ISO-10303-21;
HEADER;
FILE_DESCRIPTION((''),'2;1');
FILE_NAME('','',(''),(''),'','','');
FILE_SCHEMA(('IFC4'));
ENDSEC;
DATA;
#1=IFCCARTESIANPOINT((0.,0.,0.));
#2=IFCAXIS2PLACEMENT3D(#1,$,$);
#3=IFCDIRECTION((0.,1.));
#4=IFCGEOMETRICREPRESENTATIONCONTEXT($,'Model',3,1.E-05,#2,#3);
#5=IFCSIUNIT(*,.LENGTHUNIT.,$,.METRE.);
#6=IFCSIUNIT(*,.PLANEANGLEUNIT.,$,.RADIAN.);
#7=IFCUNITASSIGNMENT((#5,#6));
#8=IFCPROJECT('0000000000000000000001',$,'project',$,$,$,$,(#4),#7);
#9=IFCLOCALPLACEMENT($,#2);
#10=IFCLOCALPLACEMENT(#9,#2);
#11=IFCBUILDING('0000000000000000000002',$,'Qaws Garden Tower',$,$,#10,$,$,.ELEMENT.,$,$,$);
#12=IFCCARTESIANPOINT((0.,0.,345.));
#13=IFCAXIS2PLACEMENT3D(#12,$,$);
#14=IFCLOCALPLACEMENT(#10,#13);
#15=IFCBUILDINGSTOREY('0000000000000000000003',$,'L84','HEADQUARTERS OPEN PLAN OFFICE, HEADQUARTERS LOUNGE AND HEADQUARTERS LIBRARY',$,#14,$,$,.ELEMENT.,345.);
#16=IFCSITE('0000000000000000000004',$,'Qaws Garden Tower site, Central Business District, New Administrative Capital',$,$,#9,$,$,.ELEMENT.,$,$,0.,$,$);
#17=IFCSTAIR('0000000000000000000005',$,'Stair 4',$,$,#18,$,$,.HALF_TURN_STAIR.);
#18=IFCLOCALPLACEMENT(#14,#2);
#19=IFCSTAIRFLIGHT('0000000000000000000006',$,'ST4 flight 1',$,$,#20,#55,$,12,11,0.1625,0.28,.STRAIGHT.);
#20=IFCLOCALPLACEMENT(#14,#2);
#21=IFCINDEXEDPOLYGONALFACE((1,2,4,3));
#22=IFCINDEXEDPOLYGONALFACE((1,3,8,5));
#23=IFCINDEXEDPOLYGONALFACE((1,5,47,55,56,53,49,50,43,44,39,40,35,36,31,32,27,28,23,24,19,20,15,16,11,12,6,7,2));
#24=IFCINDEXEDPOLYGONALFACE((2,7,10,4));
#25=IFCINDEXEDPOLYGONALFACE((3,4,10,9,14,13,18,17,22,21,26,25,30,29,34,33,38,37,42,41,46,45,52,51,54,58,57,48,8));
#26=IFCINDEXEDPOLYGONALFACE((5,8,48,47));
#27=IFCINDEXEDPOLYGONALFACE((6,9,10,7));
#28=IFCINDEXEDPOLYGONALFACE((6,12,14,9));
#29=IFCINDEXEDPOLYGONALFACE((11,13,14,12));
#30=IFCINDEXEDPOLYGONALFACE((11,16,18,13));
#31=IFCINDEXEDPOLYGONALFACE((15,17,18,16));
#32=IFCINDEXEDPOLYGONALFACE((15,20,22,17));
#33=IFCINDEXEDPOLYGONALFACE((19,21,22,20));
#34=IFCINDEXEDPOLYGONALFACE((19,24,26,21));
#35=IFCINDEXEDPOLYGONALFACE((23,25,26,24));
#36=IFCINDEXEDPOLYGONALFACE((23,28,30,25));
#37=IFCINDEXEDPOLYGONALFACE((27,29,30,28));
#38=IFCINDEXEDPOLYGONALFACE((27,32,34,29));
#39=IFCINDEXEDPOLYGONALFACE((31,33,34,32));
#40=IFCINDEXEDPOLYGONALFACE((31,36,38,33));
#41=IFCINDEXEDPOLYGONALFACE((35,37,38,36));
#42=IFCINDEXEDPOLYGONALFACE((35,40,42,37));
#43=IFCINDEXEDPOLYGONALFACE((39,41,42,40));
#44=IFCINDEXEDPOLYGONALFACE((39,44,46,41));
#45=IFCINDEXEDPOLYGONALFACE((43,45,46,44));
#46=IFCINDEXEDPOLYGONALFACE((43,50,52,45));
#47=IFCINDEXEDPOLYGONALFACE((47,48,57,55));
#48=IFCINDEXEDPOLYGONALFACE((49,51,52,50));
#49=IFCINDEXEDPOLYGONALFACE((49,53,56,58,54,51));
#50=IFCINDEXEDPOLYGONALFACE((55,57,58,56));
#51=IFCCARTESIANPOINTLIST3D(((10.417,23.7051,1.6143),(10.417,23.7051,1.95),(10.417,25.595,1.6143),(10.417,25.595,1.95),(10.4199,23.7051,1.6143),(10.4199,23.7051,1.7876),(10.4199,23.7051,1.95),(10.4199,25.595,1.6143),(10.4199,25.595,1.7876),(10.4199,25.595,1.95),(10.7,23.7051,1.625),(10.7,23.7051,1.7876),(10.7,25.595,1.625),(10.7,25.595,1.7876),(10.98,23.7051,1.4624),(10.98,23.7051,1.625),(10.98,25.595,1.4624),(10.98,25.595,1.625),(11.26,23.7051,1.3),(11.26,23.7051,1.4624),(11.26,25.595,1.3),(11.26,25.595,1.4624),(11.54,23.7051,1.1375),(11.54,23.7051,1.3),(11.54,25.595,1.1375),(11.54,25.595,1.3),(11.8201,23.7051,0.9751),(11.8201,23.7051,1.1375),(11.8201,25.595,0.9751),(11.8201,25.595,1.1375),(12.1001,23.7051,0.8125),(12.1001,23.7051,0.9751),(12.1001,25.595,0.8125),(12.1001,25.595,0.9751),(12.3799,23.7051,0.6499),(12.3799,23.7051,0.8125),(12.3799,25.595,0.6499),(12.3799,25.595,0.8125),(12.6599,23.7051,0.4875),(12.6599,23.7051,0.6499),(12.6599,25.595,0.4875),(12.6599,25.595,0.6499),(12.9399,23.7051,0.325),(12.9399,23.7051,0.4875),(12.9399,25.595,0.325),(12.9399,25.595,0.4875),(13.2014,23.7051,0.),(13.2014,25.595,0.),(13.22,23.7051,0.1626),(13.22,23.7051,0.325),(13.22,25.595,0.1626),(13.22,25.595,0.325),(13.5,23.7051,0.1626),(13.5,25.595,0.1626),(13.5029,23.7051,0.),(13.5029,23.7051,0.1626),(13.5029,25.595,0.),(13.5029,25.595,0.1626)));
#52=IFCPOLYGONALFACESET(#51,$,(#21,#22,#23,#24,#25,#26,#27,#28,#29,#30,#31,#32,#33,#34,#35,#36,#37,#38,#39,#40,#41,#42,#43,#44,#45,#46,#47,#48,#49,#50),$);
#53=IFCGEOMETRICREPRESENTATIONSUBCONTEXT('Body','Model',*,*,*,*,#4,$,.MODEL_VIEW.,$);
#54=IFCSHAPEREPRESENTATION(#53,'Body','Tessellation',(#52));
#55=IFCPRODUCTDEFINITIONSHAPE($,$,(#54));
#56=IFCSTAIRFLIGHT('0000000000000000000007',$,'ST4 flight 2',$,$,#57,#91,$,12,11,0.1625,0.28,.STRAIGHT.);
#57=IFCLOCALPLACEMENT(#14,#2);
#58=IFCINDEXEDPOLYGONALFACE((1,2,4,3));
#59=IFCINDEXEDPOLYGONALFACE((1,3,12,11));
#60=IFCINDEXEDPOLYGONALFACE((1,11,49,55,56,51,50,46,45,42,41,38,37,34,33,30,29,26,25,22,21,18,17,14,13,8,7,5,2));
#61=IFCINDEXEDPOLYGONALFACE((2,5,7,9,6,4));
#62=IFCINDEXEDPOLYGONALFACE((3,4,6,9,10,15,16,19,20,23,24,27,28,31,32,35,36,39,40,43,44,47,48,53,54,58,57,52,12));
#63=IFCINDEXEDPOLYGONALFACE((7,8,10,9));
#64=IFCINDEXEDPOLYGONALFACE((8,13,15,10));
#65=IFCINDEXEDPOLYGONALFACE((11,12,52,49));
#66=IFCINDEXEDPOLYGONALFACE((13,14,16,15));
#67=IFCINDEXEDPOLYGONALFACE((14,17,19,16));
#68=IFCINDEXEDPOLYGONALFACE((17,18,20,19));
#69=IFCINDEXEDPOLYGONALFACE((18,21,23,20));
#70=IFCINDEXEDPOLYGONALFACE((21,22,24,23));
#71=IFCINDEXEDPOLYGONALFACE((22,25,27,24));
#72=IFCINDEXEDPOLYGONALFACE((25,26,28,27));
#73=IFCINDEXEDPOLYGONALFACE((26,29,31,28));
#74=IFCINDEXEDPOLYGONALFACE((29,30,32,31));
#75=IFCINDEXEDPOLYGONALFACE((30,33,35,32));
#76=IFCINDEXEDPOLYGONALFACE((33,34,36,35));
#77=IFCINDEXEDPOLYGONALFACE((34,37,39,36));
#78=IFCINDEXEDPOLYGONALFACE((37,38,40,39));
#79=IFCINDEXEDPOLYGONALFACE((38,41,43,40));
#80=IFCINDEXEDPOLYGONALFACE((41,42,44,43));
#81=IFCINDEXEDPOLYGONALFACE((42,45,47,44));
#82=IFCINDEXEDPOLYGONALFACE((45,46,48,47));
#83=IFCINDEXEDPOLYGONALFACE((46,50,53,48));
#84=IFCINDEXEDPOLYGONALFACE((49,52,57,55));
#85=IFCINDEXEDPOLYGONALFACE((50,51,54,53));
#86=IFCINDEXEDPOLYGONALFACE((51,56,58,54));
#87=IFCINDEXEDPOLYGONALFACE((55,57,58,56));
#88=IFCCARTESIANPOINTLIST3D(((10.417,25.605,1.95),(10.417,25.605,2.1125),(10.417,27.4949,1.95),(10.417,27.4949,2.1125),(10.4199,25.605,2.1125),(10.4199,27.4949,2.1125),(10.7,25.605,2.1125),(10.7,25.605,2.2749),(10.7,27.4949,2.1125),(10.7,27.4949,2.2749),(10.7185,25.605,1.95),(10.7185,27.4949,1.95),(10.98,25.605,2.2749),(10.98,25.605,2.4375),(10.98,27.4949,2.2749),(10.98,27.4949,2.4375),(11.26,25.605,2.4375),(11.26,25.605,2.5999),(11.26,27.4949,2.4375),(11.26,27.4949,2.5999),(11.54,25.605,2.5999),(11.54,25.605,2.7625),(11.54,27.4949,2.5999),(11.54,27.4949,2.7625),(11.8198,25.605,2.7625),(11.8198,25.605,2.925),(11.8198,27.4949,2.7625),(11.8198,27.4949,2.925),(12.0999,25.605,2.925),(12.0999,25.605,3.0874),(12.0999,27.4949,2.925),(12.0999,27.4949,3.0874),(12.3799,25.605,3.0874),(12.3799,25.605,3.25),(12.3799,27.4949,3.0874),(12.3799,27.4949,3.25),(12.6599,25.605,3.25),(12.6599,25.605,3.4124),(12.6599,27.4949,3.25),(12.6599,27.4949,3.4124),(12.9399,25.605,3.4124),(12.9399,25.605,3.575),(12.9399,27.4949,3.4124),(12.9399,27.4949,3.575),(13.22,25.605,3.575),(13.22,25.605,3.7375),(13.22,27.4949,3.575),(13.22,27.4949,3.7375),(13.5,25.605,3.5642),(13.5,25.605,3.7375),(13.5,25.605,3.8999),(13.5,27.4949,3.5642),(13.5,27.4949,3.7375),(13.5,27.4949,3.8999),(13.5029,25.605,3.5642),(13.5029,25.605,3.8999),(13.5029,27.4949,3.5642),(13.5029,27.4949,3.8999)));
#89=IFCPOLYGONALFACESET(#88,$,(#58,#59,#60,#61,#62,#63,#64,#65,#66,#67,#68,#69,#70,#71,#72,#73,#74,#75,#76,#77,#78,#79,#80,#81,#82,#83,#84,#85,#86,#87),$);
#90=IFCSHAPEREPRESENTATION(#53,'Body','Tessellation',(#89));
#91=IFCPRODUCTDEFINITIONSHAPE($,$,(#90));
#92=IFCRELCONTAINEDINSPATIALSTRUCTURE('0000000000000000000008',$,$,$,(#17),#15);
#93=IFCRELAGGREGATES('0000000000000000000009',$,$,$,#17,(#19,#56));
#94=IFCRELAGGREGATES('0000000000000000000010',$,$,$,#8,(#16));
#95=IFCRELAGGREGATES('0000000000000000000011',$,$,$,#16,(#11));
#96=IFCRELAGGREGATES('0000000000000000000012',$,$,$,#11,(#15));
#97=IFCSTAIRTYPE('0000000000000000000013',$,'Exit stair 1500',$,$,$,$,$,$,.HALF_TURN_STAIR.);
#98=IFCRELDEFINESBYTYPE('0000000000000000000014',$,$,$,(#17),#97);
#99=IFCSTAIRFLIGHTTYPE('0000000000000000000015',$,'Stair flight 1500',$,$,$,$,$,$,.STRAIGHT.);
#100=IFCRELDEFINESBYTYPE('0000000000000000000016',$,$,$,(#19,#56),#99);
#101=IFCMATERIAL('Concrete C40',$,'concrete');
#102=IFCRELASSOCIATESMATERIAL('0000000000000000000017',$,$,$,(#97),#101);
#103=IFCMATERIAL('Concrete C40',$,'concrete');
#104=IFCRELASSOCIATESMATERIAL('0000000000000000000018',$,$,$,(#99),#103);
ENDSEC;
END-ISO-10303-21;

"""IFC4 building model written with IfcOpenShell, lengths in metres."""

from ifc_helpers import new_model, si_unit, direction, frame, origin, place, context, subcontext, project, spatial, polyline, outline, extrude, material, type_object, element, aggregate, save


model = new_model("IFC4")

# Units and contexts
model_context = context("Model", 3, precision=1e-05, world=origin(), true_north=direction((0.0, 1.0)))
body_context = subcontext(model_context, "Body", "Model", "MODEL_VIEW")
ifc_project = project(units=[si_unit("LENGTHUNIT", "METRE"), si_unit("PLANEANGLEUNIT", "RADIAN")], contexts=[model_context])

# Site, building, storey
site_placement = place(None, origin())
site = spatial("IfcSite", under=ifc_project, at=site_placement, Name="Qaws Garden Tower site, Central Business District, New Administrative Capital", CompositionType="ELEMENT", RefElevation=0.0)
building_placement = place(site_placement, origin())
building = spatial("IfcBuilding", under=site, at=building_placement, Name="Qaws Garden Tower", CompositionType="ELEMENT")
storey_placement = place(building_placement, frame((0.0, 0.0, 345.0)))
storey = spatial("IfcBuildingStorey", under=building, at=storey_placement, Name="L84", Description="HEADQUARTERS OPEN PLAN OFFICE, HEADQUARTERS LOUNGE AND HEADQUARTERS LIBRARY", CompositionType="ELEMENT", Elevation=345.0)

# Stair, stair flights
ifc_material_1 = material(Name="Concrete C40", Category="concrete")
stair_type = type_object("IfcStairType", Name="Exit stair 1500", PredefinedType="HALF_TURN_STAIR", material=ifc_material_1)
stair_placement = place(storey_placement, origin())
stair = element("IfcStair", 1, at=stair_placement, inside=storey, type_object=stair_type, Name="Stair 4", PredefinedType="HALF_TURN_STAIR")
ifc_material_2 = material(Name="Concrete C40", Category="concrete")
stair_flight_type = type_object("IfcStairFlightType", Name="Stair flight 1500", PredefinedType="STRAIGHT", material=ifc_material_2)
stair_flight_1_placement = place(storey_placement, frame((13.5, 24.6499, 0.0), z_axis=(0.0, 0.0, 1.0), x_axis=(-1.0, 0.0, 0.0)))
stair_flight_1 = element("IfcStairFlight", 2, at=stair_flight_1_placement, type_object=stair_flight_type, Name="ST4 flight 1", NumberOfRisers=12, NumberOfTreads=11, PredefinedType="STRAIGHT", RiserHeight=0.1625, TreadLength=0.28, context=body_context, shape_type="SweptSolid", body=[
    extrude(outline(polyline([(-0.0029, 0.0), (-0.0029, 0.1626), (0.0, 0.1626), (0.28, 0.1626), (0.28, 0.325), (0.5601, 0.325), (0.5601, 0.4875), (0.8401, 0.4875), (0.8401, 0.6499), (1.1201, 0.6499), (1.1201, 0.8125), (1.3999, 0.8125), (1.3999, 0.9751), (1.6799, 0.9751), (1.6799, 1.1375), (1.96, 1.1375), (1.96, 1.3), (2.24, 1.3), (2.24, 1.4624), (2.52, 1.4624), (2.52, 1.625), (2.8, 1.625), (2.8, 1.7876), (3.0801, 1.7876), (3.0801, 1.95), (3.083, 1.95), (3.083, 1.6143), (3.0801, 1.6143), (0.2986, 0.0), (-0.0029, 0.0)])), frame((0.0, 0.9448, 0.0), z_axis=(0.0, -1.0, 0.0), x_axis=(1.0, 0.0, 0.0)), (0.0, 0.0, 1.0), 1.8899),
])
stair_flight_2_placement = place(storey_placement, frame((10.4199, 26.55, 1.95), z_axis=(0.0, 0.0, 1.0), x_axis=(1.0, 0.0, 0.0)))
stair_flight_2 = element("IfcStairFlight", 3, at=stair_flight_2_placement, type_object=stair_flight_type, Name="ST4 flight 2", NumberOfRisers=12, NumberOfTreads=11, PredefinedType="STRAIGHT", RiserHeight=0.1625, TreadLength=0.28, context=body_context, shape_type="SweptSolid", body=[
    extrude(outline(polyline([(-0.0029, 0.0), (-0.0029, 0.1626), (0.0, 0.1626), (0.28, 0.1626), (0.28, 0.325), (0.5601, 0.325), (0.5601, 0.4875), (0.8401, 0.4875), (0.8401, 0.6499), (1.1201, 0.6499), (1.1201, 0.8125), (1.3999, 0.8125), (1.3999, 0.9751), (1.6799, 0.9751), (1.6799, 1.1375), (1.96, 1.1375), (1.96, 1.3), (2.24, 1.3), (2.24, 1.4624), (2.52, 1.4624), (2.52, 1.625), (2.8, 1.625), (2.8, 1.7876), (3.0801, 1.7876), (3.0801, 1.95), (3.083, 1.95), (3.083, 1.6143), (3.0801, 1.6143), (0.2986, 0.0), (-0.0029, 0.0)])), frame((0.0, 0.9448, 0.0), z_axis=(0.0, -1.0, 0.0), x_axis=(1.0, 0.0, 0.0)), (0.0, 0.0, 1.0), 1.8899),
])
aggregate(stair, [stair_flight_1, stair_flight_2])

save(model, "model.ifc")
